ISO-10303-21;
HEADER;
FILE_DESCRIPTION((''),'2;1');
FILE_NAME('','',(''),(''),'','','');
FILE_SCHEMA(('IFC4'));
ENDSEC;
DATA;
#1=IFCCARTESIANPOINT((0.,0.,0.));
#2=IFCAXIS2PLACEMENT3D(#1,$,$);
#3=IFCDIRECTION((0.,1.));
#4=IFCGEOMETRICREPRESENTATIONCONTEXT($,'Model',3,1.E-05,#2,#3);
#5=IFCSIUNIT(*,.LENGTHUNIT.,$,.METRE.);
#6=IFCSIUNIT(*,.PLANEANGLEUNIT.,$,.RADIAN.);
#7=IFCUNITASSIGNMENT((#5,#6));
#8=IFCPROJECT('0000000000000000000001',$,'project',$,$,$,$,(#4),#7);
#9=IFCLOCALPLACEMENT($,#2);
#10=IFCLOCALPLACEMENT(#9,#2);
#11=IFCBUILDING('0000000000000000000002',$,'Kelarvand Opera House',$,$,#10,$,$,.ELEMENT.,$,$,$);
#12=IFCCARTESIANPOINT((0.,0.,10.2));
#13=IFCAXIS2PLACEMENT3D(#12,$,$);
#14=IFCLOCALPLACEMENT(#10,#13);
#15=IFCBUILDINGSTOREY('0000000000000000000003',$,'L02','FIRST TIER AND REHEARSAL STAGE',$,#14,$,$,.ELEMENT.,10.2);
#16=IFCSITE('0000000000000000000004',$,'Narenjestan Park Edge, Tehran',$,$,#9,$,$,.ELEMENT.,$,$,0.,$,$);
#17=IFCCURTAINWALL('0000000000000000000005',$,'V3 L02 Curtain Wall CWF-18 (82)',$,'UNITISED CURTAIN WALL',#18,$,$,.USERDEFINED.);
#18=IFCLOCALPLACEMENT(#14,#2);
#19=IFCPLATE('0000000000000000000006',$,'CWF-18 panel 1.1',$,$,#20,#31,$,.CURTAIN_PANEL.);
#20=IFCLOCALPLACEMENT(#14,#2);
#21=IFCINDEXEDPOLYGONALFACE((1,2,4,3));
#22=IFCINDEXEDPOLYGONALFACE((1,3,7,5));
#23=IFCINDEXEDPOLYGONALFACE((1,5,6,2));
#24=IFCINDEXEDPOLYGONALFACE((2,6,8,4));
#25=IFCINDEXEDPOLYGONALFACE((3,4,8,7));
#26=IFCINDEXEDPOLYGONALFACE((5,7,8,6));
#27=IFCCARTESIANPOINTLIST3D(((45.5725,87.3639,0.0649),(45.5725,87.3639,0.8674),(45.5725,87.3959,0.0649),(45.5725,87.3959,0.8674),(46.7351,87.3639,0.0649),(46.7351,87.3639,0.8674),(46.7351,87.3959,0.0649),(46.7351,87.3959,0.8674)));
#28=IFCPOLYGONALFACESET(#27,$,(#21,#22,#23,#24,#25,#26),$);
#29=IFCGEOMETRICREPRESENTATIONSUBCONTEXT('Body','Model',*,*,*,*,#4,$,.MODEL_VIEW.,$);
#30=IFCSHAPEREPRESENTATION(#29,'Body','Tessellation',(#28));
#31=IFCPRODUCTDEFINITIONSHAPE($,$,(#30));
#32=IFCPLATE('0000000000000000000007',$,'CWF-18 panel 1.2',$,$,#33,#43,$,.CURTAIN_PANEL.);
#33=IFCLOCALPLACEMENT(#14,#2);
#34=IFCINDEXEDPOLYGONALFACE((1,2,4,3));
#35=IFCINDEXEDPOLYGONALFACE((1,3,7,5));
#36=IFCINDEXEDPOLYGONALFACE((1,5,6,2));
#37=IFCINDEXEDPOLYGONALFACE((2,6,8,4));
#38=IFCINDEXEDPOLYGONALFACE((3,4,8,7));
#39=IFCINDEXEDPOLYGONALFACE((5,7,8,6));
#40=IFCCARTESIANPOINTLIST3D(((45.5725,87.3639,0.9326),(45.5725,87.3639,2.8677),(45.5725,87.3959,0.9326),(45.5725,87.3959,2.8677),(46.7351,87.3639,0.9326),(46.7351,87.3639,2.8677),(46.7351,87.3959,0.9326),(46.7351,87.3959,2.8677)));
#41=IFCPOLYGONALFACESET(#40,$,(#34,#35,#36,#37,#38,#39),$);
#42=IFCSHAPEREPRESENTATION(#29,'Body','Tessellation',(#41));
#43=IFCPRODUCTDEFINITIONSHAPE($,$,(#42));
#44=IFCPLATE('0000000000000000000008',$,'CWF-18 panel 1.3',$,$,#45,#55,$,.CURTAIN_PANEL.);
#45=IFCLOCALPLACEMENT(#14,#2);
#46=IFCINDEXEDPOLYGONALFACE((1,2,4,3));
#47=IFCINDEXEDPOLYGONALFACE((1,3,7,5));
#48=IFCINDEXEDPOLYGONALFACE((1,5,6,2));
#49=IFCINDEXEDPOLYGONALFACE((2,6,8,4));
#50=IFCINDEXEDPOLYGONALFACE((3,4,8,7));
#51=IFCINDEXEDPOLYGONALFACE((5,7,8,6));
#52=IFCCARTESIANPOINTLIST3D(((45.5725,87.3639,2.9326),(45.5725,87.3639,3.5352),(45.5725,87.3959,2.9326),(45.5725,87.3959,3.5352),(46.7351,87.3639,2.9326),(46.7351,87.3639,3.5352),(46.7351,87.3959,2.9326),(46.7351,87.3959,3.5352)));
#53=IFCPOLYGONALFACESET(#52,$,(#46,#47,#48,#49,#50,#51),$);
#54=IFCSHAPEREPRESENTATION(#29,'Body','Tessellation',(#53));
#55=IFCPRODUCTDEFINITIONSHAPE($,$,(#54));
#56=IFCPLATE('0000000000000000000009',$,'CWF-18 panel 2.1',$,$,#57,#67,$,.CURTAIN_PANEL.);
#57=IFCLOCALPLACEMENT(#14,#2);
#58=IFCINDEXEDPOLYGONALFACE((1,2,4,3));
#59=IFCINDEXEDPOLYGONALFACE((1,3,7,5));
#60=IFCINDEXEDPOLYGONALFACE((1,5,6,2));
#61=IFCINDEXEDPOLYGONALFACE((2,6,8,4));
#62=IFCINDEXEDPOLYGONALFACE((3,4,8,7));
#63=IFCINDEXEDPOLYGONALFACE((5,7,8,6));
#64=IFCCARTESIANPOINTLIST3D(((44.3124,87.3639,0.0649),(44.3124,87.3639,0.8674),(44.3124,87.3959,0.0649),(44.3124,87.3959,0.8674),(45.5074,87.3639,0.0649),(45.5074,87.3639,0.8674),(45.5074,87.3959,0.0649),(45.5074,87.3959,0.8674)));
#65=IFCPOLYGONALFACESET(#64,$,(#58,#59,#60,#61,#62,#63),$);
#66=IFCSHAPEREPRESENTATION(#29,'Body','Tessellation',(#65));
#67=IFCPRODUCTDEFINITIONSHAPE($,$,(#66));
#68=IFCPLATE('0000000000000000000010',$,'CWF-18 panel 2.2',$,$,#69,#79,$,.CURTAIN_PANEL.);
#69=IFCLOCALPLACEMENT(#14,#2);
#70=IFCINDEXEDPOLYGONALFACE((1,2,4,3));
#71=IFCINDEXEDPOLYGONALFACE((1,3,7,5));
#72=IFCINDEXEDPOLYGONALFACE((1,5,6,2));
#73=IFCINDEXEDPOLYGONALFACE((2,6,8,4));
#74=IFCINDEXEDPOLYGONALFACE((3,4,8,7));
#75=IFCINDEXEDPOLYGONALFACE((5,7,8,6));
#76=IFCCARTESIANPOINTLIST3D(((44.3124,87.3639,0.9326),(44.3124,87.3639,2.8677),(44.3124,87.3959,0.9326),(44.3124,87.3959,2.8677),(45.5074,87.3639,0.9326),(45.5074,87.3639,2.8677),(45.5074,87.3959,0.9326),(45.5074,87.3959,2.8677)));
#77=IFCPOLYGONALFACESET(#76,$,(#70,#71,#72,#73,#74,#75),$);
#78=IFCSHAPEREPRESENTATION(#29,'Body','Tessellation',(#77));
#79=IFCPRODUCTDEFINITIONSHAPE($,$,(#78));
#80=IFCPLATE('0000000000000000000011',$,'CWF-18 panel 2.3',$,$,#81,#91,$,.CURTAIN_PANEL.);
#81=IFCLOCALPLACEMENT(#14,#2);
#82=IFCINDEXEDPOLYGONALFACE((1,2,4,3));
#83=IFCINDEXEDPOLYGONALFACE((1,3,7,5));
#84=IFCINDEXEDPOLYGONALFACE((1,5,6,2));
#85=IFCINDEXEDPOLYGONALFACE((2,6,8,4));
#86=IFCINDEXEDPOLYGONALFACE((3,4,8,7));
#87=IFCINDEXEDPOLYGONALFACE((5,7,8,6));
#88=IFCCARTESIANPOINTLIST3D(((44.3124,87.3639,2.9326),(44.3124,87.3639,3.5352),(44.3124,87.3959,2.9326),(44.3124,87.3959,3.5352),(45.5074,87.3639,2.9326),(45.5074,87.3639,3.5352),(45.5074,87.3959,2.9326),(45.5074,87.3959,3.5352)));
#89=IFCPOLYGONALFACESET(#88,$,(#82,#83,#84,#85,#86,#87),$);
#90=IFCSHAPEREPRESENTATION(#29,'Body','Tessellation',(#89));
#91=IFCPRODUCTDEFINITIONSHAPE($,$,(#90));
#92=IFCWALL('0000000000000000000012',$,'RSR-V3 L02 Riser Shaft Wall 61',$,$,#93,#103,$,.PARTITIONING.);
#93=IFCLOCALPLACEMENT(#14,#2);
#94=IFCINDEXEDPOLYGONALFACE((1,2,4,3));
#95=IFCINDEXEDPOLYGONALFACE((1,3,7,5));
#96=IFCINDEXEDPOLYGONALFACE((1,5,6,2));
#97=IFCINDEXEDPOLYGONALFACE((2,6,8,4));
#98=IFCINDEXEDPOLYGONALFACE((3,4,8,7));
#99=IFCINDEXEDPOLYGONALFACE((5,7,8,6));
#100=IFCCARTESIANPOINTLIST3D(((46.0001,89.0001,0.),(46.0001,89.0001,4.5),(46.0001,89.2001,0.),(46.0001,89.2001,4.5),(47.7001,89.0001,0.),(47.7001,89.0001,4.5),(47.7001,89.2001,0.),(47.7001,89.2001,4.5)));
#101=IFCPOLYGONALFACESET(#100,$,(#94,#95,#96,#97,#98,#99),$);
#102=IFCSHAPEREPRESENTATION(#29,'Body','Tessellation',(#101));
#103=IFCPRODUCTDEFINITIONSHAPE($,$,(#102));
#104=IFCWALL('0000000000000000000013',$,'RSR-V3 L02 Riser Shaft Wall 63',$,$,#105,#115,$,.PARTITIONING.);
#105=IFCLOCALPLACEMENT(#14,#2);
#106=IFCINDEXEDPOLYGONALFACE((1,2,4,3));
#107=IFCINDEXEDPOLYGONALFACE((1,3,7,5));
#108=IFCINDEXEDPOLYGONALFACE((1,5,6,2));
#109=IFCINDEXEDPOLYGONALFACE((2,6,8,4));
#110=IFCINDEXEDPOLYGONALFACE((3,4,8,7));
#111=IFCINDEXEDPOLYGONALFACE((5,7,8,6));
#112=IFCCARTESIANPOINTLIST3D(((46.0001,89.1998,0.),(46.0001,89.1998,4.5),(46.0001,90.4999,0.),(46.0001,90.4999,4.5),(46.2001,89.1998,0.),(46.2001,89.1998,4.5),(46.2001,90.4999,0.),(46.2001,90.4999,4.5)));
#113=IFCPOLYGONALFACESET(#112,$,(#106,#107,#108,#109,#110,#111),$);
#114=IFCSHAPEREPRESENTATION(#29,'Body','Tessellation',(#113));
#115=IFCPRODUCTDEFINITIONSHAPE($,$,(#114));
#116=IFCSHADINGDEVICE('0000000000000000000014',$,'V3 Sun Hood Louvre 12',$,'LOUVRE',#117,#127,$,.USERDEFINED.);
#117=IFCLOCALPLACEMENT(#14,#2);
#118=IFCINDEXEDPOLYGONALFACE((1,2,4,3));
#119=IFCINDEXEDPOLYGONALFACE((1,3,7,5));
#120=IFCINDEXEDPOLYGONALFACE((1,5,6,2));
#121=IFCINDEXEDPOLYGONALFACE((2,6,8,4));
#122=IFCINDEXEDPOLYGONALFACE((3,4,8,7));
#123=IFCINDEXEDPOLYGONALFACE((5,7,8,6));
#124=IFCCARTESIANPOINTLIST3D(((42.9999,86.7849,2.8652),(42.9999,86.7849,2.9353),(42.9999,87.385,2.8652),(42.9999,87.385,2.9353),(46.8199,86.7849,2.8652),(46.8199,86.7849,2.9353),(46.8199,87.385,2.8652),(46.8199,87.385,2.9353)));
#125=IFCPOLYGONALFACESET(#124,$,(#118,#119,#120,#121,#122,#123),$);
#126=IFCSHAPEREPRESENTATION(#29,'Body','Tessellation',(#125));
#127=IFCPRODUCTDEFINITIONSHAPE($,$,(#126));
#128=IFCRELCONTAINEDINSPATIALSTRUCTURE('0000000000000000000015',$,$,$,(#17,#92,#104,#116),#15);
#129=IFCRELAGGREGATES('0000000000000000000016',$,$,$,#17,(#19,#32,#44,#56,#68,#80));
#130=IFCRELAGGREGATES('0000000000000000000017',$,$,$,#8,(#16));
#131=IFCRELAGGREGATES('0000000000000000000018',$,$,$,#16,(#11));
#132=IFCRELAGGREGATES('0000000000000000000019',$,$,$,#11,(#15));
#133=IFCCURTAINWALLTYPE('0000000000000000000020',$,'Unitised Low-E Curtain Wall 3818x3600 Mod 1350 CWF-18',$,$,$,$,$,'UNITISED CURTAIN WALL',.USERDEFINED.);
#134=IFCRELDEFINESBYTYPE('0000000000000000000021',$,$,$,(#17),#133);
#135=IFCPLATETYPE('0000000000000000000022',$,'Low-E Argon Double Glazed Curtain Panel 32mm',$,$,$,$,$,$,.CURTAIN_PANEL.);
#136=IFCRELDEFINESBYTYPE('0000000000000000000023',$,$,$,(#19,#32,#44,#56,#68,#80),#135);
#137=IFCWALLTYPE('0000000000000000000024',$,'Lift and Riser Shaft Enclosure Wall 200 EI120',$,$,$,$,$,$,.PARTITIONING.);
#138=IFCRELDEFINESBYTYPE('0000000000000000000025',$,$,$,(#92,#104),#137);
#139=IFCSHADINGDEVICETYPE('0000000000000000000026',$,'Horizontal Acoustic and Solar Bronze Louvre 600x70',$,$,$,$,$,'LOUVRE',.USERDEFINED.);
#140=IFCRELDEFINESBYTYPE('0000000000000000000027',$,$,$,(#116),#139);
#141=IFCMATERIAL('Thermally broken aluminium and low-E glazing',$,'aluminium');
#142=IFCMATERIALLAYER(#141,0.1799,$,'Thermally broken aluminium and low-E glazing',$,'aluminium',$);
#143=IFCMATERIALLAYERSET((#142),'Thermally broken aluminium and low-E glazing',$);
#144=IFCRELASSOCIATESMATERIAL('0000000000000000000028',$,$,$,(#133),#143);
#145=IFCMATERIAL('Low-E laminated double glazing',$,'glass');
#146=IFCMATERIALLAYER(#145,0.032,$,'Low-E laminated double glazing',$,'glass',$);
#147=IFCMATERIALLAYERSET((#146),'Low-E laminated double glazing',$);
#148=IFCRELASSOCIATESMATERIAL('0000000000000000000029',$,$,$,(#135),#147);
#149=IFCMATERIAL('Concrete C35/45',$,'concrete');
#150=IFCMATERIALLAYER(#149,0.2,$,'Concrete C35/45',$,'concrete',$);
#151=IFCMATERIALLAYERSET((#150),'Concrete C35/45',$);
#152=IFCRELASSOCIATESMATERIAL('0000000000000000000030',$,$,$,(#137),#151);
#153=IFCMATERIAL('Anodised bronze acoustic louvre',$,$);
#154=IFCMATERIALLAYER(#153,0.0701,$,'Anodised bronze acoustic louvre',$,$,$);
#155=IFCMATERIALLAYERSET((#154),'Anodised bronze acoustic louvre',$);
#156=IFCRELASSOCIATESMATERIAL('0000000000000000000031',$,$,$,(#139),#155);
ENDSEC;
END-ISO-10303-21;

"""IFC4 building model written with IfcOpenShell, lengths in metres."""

from ifc_helpers import new_model, si_unit, direction, frame, frame_2d, origin, origin_2d, place, context, subcontext, project, spatial, rectangle, extrude, material, layer, layer_set, type_object, element, aggregate, save


model = new_model("IFC4")

# Units and contexts
model_context = context("Model", 3, precision=1e-05, world=origin(), true_north=direction((0.0, 1.0)))
body_context = subcontext(model_context, "Body", "Model", "MODEL_VIEW")
ifc_project = project(units=[si_unit("LENGTHUNIT", "METRE"), si_unit("PLANEANGLEUNIT", "RADIAN")], contexts=[model_context])

# Site, building, storey
site_placement = place(None, origin())
site = spatial("IfcSite", under=ifc_project, at=site_placement, Name="Narenjestan Park Edge, Tehran", CompositionType="ELEMENT", RefElevation=0.0)
building_placement = place(site_placement, origin())
building = spatial("IfcBuilding", under=site, at=building_placement, Name="Kelarvand Opera House", CompositionType="ELEMENT")
storey_placement = place(building_placement, frame((0.0, 0.0, 10.2)))
storey = spatial("IfcBuildingStorey", under=building, at=storey_placement, Name="L02", Description="FIRST TIER AND REHEARSAL STAGE", CompositionType="ELEMENT", Elevation=10.2)

# Shared definitions
ifc_material_1 = material(Name="Thermally broken aluminium and low-E glazing", Category="aluminium")
ifc_layer_1 = layer(ifc_material_1, 0.1799, Name="Thermally broken aluminium and low-E glazing", Category="aluminium")
ifc_layer_set_1 = layer_set([ifc_layer_1], Name="Thermally broken aluminium and low-E glazing")
curtain_wall_type = type_object("IfcCurtainWallType", Name="Unitised Low-E Curtain Wall 3818x3600 Mod 1350 CWF-18", ElementType="UNITISED CURTAIN WALL", PredefinedType="USERDEFINED", material=ifc_layer_set_1)

# Curtain wall
curtain_wall_1_placement = place(storey_placement, origin())
curtain_wall_1 = element("IfcCurtainWall", 1, at=curtain_wall_1_placement, inside=storey, type_object=curtain_wall_type, Name="V3 L02 Curtain Wall CWF-18 (82)", ObjectType="UNITISED CURTAIN WALL", PredefinedType="USERDEFINED")

# Plates
ifc_material_2 = material(Name="Low-E laminated double glazing", Category="glass")
ifc_layer_2 = layer(ifc_material_2, 0.032, Name="Low-E laminated double glazing", Category="glass")
ifc_layer_set_2 = layer_set([ifc_layer_2], Name="Low-E laminated double glazing")
plate_type = type_object("IfcPlateType", Name="Low-E Argon Double Glazed Curtain Panel 32mm", PredefinedType="CURTAIN_PANEL", material=ifc_layer_set_2)
plate_1_placement = place(storey_placement, frame((46.1538, 87.3799, 0.0649), z_axis=(0.0, 0.0, 1.0), x_axis=(-1.0, 0.0, 0.0)))
plate_1 = element("IfcPlate", 2, at=plate_1_placement, type_object=plate_type, Name="CWF-18 panel 1.1", PredefinedType="CURTAIN_PANEL", context=body_context, shape_type="SweptSolid", body=[
    extrude(rectangle(XDim=1.1626, YDim=0.032, at=origin_2d()), origin(), (0.0, 0.0, 1.0), 0.8025),
])
plate_2_placement = place(storey_placement, frame((46.1538, 87.3799, 0.9326), z_axis=(0.0, 0.0, 1.0), x_axis=(-1.0, 0.0, 0.0)))
plate_2 = element("IfcPlate", 3, at=plate_2_placement, type_object=plate_type, Name="CWF-18 panel 1.2", PredefinedType="CURTAIN_PANEL", context=body_context, shape_type="SweptSolid", body=[
    extrude(rectangle(XDim=1.1626, YDim=0.032, at=origin_2d()), origin(), (0.0, 0.0, 1.0), 1.9351),
])
plate_3_placement = place(storey_placement, frame((46.1538, 87.3799, 2.9326), z_axis=(0.0, 0.0, 1.0), x_axis=(-1.0, 0.0, 0.0)))
plate_3 = element("IfcPlate", 4, at=plate_3_placement, type_object=plate_type, Name="CWF-18 panel 1.3", PredefinedType="CURTAIN_PANEL", context=body_context, shape_type="SweptSolid", body=[
    extrude(rectangle(XDim=1.1626, YDim=0.032, at=origin_2d()), origin(), (0.0, 0.0, 1.0), 0.6025),
])
plate_4_placement = place(storey_placement, frame((44.9099, 87.3799, 0.0649), z_axis=(0.0, 0.0, 1.0), x_axis=(-1.0, 0.0, 0.0)))
plate_4 = element("IfcPlate", 5, at=plate_4_placement, type_object=plate_type, Name="CWF-18 panel 2.1", PredefinedType="CURTAIN_PANEL", context=body_context, shape_type="SweptSolid", body=[
    extrude(rectangle(XDim=1.1951, YDim=0.032, at=origin_2d()), origin(), (0.0, 0.0, 1.0), 0.8025),
])
plate_5_placement = place(storey_placement, frame((44.9099, 87.3799, 0.9326), z_axis=(0.0, 0.0, 1.0), x_axis=(-1.0, 0.0, 0.0)))
plate_5 = element("IfcPlate", 6, at=plate_5_placement, type_object=plate_type, Name="CWF-18 panel 2.2", PredefinedType="CURTAIN_PANEL", context=body_context, shape_type="SweptSolid", body=[
    extrude(rectangle(XDim=1.1951, YDim=0.032, at=origin_2d()), origin(), (0.0, 0.0, 1.0), 1.9351),
])
plate_6_placement = place(storey_placement, frame((44.9099, 87.3799, 2.9326), z_axis=(0.0, 0.0, 1.0), x_axis=(-1.0, 0.0, 0.0)))
plate_6 = element("IfcPlate", 7, at=plate_6_placement, type_object=plate_type, Name="CWF-18 panel 2.3", PredefinedType="CURTAIN_PANEL", context=body_context, shape_type="SweptSolid", body=[
    extrude(rectangle(XDim=1.1951, YDim=0.032, at=origin_2d()), origin(), (0.0, 0.0, 1.0), 0.6025),
])
aggregate(curtain_wall_1, [plate_1, plate_2, plate_3, plate_4, plate_5, plate_6])

# Walls
ifc_material_3 = material(Name="Concrete C35/45", Category="concrete")
ifc_layer_3 = layer(ifc_material_3, 0.2, Name="Concrete C35/45", Category="concrete")
ifc_layer_set_3 = layer_set([ifc_layer_3], Name="Concrete C35/45")
wall_type = type_object("IfcWallType", Name="Lift and Riser Shaft Enclosure Wall 200 EI120", PredefinedType="PARTITIONING", material=ifc_layer_set_3)
wall_1_placement = place(storey_placement, frame((46.0, 89.1001, 0.0), z_axis=(0.0, 0.0, 1.0), x_axis=(1.0, 0.0, 0.0)))
element("IfcWall", 8, at=wall_1_placement, inside=storey, type_object=wall_type, Name="RSR-V3 L02 Riser Shaft Wall 61", PredefinedType="PARTITIONING", context=body_context, shape_type="SweptSolid", body=[
    extrude(rectangle(XDim=1.7, YDim=0.2, at=frame_2d((0.8501, 0.0))), origin(), (0.0, 0.0, 1.0), 4.5),
])
wall_2_placement = place(storey_placement, frame((46.1001, 89.2, 0.0), z_axis=(0.0, 0.0, 1.0), x_axis=(0.0, 1.0, 0.0)))
element("IfcWall", 9, at=wall_2_placement, inside=storey, type_object=wall_type, Name="RSR-V3 L02 Riser Shaft Wall 63", PredefinedType="PARTITIONING", context=body_context, shape_type="SweptSolid", body=[
    extrude(rectangle(XDim=1.3, YDim=0.2, at=frame_2d((0.6499, 0.0))), origin(), (0.0, 0.0, 1.0), 4.5),
])

# Shading device
ifc_material_4 = material(Name="Anodised bronze acoustic louvre")
ifc_layer_4 = layer(ifc_material_4, 0.0701, Name="Anodised bronze acoustic louvre")
ifc_layer_set_4 = layer_set([ifc_layer_4], Name="Anodised bronze acoustic louvre")
shading_device_type = type_object("IfcShadingDeviceType", Name="Horizontal Acoustic and Solar Bronze Louvre 600x70", ElementType="LOUVRE", PredefinedType="USERDEFINED", material=ifc_layer_set_4)
shading_device_placement = place(storey_placement, frame((44.9099, 87.085, 2.8652), z_axis=(0.0, 0.0, 1.0), x_axis=(-1.0, 0.0, 0.0)))
element("IfcShadingDevice", 10, at=shading_device_placement, inside=storey, type_object=shading_device_type, Name="V3 Sun Hood Louvre 12", ObjectType="LOUVRE", PredefinedType="USERDEFINED", context=body_context, shape_type="SweptSolid", body=[
    extrude(rectangle(XDim=3.8201, YDim=0.6001, at=origin_2d()), origin(), (0.0, 0.0, 1.0), 0.0701),
])

save(model, "model.ifc")
